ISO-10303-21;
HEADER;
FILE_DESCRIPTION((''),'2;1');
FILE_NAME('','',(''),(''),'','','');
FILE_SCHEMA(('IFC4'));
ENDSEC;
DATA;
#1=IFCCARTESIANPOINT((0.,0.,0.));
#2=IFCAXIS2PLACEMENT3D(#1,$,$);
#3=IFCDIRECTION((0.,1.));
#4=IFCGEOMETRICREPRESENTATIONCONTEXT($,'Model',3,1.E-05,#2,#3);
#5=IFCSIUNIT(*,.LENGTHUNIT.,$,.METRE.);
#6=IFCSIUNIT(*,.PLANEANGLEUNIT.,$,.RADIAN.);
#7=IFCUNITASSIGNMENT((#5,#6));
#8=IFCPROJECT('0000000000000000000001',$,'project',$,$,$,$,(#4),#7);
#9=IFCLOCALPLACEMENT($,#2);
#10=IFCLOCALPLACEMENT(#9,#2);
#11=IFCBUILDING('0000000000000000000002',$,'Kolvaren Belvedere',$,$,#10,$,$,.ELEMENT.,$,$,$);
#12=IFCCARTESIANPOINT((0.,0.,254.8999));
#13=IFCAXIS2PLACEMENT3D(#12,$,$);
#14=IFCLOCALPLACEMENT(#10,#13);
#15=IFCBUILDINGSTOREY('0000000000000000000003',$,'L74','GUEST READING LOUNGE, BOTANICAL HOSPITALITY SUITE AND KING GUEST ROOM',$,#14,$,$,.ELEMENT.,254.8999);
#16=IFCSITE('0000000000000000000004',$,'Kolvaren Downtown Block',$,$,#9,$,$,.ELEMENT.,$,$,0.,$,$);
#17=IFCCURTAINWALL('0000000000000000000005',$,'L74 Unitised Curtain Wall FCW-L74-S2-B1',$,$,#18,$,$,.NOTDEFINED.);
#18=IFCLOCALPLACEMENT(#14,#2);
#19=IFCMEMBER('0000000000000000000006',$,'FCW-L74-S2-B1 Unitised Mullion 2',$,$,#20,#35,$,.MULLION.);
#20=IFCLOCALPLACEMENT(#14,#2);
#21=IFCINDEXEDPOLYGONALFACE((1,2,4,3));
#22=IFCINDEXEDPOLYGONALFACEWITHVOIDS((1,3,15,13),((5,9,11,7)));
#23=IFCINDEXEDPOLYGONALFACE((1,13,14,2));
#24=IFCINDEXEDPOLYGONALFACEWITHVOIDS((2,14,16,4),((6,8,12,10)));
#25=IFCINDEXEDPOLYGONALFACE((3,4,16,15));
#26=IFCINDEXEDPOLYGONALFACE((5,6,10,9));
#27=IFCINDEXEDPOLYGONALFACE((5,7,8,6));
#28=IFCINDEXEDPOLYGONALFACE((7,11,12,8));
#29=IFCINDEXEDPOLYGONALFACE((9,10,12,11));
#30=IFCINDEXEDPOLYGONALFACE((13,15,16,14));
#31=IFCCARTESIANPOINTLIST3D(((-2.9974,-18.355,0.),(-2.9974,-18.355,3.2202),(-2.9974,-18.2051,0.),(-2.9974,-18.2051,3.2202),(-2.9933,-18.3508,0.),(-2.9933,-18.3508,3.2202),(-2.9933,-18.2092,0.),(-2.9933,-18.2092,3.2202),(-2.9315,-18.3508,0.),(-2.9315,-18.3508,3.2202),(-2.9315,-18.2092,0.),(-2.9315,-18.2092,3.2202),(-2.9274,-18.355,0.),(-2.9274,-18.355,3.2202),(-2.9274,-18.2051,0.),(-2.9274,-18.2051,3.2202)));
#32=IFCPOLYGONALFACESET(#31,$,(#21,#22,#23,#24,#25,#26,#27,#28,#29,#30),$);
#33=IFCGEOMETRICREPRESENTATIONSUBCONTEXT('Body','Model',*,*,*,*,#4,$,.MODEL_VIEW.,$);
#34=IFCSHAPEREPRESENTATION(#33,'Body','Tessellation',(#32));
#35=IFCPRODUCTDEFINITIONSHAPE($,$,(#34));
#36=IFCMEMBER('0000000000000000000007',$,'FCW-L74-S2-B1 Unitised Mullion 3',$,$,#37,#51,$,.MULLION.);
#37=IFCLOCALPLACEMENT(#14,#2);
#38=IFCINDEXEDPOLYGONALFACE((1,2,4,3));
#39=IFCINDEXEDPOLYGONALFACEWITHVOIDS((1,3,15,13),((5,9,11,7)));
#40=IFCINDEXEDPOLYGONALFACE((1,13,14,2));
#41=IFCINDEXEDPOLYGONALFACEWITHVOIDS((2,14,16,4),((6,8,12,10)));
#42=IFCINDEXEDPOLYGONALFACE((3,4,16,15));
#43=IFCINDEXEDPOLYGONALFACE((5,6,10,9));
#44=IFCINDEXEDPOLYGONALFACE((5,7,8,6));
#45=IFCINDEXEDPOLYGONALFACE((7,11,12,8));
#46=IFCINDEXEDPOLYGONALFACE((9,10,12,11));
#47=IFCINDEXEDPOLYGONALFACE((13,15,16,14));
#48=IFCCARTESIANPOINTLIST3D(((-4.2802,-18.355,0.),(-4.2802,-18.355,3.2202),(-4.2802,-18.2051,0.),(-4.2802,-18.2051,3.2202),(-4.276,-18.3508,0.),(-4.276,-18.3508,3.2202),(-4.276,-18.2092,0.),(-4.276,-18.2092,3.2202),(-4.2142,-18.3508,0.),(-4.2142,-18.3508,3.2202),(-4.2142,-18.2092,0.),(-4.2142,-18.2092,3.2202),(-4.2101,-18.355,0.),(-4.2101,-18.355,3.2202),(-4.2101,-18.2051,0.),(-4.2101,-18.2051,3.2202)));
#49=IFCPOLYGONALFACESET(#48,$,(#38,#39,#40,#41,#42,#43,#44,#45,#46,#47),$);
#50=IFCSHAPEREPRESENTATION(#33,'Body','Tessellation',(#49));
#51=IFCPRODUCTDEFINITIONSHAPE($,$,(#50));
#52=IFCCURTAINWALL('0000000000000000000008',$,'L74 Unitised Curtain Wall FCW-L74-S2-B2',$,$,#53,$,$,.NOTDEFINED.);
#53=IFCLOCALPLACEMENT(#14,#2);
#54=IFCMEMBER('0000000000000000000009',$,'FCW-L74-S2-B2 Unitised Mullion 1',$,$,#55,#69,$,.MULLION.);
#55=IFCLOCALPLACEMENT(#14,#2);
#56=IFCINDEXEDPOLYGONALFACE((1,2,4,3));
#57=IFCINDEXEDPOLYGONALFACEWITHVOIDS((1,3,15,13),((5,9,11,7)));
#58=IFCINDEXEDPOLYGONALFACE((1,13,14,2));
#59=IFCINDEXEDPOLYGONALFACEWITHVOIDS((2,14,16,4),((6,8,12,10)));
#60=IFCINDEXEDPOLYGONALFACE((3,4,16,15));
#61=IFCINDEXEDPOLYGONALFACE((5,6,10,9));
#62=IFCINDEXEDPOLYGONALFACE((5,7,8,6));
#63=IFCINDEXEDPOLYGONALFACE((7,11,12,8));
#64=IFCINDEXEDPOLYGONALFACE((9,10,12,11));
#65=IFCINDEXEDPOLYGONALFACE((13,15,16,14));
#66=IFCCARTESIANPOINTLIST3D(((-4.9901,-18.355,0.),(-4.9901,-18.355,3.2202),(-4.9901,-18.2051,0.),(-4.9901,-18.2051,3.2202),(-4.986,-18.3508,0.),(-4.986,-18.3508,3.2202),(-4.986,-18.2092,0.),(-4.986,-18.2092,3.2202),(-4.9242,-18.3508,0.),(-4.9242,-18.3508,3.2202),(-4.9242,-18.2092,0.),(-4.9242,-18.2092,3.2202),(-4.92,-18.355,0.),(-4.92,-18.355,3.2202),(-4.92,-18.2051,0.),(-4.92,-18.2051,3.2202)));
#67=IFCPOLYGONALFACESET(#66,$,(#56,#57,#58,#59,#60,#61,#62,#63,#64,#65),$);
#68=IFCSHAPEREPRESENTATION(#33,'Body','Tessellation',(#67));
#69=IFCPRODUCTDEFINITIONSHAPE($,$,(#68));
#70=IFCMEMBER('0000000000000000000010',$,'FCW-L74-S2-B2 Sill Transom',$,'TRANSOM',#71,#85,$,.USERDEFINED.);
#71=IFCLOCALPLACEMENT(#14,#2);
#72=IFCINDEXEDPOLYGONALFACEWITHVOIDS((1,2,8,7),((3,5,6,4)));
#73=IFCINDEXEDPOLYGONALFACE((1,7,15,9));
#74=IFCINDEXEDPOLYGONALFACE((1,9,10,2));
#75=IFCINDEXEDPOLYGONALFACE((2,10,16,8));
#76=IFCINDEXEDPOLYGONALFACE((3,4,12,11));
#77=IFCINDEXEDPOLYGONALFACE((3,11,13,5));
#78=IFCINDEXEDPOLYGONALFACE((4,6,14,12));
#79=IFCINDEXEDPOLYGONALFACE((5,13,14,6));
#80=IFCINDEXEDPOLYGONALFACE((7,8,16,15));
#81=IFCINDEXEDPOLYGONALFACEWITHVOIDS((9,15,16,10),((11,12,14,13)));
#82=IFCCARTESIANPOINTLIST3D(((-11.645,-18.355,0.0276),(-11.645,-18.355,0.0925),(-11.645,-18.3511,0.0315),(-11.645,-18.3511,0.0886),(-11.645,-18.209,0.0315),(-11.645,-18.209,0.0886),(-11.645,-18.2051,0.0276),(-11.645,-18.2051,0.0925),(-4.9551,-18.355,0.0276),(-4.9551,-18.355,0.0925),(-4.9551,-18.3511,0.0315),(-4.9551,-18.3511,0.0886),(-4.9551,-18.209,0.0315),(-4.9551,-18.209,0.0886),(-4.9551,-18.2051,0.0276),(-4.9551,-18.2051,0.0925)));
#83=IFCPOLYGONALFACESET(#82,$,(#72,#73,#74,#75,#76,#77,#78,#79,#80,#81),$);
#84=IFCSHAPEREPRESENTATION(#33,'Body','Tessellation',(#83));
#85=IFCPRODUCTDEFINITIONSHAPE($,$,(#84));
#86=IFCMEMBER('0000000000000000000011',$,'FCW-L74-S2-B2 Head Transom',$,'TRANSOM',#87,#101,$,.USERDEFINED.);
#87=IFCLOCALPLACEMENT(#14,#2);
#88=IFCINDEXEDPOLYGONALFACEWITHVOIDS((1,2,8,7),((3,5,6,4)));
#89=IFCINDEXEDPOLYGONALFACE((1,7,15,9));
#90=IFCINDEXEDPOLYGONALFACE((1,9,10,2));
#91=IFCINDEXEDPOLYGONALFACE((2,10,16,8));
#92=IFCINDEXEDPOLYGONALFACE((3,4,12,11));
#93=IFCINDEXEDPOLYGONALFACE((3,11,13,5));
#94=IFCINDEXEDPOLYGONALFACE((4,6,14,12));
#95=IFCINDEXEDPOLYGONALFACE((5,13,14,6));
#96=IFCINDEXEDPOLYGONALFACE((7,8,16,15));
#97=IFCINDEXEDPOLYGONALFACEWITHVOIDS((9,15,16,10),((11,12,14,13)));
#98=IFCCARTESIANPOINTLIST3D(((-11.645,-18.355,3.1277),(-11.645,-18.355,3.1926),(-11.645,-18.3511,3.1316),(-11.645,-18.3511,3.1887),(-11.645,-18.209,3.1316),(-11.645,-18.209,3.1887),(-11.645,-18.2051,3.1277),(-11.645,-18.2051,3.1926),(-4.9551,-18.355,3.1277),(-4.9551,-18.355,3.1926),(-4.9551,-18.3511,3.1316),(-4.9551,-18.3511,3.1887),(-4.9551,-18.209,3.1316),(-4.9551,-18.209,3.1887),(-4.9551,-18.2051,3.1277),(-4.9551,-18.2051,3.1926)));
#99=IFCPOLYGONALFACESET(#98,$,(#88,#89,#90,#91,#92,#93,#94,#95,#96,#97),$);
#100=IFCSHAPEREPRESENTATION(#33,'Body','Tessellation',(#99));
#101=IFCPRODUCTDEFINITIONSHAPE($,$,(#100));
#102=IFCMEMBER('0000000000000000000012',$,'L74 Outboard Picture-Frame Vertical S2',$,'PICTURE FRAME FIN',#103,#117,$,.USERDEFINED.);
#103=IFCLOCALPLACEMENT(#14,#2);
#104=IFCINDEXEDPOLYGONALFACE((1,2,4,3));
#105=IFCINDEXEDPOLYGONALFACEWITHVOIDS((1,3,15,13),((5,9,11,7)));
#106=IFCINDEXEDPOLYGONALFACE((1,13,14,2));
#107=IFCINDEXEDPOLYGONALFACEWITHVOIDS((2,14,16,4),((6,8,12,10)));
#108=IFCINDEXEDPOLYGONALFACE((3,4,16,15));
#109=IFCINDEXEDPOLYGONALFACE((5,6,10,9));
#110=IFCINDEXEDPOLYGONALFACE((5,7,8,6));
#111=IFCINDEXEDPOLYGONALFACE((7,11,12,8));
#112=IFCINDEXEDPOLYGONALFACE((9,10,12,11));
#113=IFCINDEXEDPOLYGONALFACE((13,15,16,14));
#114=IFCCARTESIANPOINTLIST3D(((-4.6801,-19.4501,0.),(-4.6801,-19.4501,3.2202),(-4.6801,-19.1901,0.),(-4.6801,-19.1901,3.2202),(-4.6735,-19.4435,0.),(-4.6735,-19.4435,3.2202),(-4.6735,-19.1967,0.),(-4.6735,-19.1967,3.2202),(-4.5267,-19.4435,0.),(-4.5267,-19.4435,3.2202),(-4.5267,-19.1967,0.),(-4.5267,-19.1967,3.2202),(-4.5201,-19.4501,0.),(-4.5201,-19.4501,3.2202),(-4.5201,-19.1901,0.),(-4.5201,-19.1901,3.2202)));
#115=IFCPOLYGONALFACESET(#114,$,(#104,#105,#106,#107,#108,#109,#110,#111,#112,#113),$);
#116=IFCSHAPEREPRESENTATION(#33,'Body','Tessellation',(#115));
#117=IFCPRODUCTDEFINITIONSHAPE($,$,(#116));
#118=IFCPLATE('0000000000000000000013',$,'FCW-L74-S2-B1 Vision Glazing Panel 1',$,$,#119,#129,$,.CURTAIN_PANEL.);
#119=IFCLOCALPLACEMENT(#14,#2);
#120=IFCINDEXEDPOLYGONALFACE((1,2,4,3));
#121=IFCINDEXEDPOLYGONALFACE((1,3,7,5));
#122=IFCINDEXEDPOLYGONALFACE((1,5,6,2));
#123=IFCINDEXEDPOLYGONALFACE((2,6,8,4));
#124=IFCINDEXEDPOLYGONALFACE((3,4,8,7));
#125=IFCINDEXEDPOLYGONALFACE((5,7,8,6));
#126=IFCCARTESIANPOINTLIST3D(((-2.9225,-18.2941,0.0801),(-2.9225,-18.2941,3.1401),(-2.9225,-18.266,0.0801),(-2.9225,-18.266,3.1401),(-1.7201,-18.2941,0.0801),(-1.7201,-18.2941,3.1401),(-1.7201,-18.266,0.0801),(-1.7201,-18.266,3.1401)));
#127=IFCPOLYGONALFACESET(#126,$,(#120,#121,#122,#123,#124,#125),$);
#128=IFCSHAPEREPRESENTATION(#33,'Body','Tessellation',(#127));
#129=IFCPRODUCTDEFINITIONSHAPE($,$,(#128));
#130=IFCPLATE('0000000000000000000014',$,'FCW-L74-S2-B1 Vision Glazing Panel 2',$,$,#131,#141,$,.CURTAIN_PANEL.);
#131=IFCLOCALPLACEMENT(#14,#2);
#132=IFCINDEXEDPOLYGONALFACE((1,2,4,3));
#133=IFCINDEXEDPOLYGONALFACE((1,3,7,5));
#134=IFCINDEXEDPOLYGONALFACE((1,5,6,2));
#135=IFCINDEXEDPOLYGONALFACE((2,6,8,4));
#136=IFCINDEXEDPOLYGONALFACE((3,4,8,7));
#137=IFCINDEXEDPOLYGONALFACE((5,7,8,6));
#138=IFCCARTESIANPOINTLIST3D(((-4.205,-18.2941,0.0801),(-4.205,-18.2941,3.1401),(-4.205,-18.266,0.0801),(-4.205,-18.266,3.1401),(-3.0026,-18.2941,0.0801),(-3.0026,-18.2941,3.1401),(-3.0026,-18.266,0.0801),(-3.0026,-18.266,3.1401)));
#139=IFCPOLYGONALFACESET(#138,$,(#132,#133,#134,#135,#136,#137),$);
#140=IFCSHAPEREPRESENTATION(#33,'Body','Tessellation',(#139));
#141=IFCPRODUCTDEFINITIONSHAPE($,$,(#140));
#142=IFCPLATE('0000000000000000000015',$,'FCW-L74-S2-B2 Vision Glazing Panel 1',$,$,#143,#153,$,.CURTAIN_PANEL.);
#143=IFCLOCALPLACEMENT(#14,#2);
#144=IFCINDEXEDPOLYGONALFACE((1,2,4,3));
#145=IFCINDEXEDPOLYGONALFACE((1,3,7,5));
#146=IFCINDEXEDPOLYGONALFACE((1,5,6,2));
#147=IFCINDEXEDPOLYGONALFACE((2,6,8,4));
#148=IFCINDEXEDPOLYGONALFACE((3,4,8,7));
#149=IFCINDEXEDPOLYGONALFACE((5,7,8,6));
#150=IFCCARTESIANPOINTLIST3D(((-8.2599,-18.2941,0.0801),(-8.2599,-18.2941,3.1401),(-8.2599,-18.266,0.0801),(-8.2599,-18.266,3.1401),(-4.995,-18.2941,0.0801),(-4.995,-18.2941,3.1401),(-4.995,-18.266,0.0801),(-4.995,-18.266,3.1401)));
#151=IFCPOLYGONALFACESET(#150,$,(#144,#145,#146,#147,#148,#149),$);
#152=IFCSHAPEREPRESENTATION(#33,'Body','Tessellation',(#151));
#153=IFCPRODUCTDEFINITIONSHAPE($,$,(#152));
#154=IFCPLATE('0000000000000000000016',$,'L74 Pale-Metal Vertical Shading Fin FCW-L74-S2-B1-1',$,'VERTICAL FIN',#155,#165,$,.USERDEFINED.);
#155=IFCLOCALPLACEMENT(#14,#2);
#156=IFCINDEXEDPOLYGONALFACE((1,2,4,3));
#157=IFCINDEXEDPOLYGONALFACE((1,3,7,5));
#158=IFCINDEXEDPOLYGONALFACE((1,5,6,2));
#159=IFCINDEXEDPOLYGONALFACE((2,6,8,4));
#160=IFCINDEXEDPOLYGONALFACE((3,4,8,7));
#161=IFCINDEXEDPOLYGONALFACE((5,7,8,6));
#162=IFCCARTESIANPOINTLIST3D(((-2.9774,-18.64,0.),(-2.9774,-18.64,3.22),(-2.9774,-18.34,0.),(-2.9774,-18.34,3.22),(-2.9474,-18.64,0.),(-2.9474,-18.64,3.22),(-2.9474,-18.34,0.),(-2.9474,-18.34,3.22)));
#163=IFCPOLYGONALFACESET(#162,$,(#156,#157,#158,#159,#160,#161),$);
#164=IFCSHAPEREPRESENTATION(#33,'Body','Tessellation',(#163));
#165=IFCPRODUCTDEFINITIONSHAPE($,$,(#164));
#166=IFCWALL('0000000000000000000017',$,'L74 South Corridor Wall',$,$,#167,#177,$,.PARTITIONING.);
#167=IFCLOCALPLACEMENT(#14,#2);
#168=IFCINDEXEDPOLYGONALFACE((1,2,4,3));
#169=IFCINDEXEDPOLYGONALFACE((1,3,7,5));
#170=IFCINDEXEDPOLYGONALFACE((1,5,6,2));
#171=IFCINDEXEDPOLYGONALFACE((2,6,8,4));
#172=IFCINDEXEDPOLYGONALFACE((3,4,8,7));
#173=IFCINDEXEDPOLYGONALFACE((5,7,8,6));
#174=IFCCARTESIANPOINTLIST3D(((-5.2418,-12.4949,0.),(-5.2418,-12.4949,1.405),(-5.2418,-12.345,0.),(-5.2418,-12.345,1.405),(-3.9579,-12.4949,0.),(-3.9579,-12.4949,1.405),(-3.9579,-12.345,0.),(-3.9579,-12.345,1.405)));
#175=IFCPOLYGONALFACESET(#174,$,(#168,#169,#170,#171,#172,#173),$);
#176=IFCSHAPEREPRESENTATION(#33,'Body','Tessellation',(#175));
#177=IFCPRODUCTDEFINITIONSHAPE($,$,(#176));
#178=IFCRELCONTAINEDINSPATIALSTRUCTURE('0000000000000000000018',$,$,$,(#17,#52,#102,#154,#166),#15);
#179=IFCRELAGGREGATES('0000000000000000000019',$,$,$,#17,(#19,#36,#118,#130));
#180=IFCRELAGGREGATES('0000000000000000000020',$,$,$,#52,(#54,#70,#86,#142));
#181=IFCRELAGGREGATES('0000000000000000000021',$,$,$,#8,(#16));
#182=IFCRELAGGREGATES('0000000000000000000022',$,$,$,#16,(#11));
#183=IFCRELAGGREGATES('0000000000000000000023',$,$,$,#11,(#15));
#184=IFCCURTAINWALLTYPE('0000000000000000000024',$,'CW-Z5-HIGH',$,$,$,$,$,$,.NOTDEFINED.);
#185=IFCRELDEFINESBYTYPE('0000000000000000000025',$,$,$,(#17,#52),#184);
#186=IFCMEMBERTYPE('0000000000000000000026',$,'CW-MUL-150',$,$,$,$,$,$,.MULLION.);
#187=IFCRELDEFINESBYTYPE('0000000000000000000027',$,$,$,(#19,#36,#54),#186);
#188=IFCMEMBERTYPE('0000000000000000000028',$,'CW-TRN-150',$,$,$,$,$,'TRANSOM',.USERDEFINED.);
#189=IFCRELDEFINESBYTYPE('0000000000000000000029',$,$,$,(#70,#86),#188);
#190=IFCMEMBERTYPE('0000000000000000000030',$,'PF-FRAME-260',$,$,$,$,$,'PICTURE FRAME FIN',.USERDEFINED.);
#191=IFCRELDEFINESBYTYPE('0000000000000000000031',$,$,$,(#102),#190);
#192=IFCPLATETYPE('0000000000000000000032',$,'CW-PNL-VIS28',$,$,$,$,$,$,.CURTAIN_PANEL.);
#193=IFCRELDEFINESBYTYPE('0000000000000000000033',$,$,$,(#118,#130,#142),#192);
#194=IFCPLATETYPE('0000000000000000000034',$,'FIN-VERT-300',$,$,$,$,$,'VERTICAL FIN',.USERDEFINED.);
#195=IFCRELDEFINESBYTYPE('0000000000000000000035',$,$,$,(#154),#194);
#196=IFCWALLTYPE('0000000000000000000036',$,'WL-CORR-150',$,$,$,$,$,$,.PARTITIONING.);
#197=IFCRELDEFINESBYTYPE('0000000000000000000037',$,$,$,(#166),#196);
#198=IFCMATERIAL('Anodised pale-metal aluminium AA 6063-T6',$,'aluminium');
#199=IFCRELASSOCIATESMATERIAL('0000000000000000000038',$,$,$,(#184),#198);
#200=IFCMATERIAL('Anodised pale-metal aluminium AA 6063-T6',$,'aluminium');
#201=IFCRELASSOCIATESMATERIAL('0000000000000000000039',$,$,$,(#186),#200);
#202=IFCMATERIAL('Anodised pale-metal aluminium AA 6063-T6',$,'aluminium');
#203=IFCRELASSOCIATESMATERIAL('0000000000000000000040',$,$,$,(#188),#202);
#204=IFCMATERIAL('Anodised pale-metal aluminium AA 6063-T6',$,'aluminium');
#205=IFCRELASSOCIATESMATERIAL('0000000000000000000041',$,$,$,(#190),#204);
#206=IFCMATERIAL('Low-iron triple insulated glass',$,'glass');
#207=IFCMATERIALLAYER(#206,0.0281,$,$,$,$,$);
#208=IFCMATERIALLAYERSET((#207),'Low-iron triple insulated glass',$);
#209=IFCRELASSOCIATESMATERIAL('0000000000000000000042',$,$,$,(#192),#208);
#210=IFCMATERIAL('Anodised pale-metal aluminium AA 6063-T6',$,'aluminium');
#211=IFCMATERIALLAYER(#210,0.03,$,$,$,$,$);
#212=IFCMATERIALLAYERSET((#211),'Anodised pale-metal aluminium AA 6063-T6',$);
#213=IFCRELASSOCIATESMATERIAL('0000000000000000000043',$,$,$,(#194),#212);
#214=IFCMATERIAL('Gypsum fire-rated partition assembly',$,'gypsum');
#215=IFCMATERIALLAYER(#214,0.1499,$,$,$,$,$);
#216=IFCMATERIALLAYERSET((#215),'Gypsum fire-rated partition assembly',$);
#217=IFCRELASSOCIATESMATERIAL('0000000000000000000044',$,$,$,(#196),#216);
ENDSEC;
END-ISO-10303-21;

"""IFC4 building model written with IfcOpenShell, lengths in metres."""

from ifc_helpers import new_model, si_unit, direction, frame, frame_2d, origin, origin_2d, place, context, subcontext, project, spatial, rectangle, hollow_rectangle, extrude, material, layer, layer_set, material_profile, profile_set, type_object, element, aggregate, save


model = new_model("IFC4")

# Units and contexts
model_context = context("Model", 3, precision=1e-05, world=origin(), true_north=direction((0.0, 1.0)))
body_context = subcontext(model_context, "Body", "Model", "MODEL_VIEW")
ifc_project = project(units=[si_unit("LENGTHUNIT", "METRE"), si_unit("PLANEANGLEUNIT", "RADIAN")], contexts=[model_context])

# Site, building, storey
site_placement = place(None, origin())
site = spatial("IfcSite", under=ifc_project, at=site_placement, Name="Kolvaren Downtown Block", CompositionType="ELEMENT", RefElevation=0.0)
building_placement = place(site_placement, origin())
building = spatial("IfcBuilding", under=site, at=building_placement, Name="Kolvaren Belvedere", CompositionType="ELEMENT")
storey_placement = place(building_placement, frame((0.0, 0.0, 254.8999)))
storey = spatial("IfcBuildingStorey", under=building, at=storey_placement, Name="L74", Description="GUEST READING LOUNGE, BOTANICAL HOSPITALITY SUITE AND KING GUEST ROOM", CompositionType="ELEMENT", Elevation=254.8999)

# Curtain walls, members
ifc_material_1 = material(Name="Anodised pale-metal aluminium AA 6063-T6", Category="aluminium")
curtain_wall_type = type_object("IfcCurtainWallType", Name="CW-Z5-HIGH", PredefinedType="NOTDEFINED", material=ifc_material_1)
curtain_wall_1_placement = place(storey_placement, origin())
curtain_wall_1 = element("IfcCurtainWall", 1, at=curtain_wall_1_placement, inside=storey, type_object=curtain_wall_type, Name="L74 Unitised Curtain Wall FCW-L74-S2-B1", PredefinedType="NOTDEFINED")
ifc_material_2 = material(Name="Anodised pale-metal aluminium AA 6063-T6", Category="aluminium")
ifc_material_profile_1 = material_profile(ifc_material_2, hollow_rectangle(XDim=0.0701, YDim=0.1499, WallThickness=0.0042, at=origin_2d()), Name="ALU-MUL-150X70")
ifc_profile_set_1 = profile_set([ifc_material_profile_1], Name="Anodised pale-metal aluminium AA 6063-T6")
member_type_1 = type_object("IfcMemberType", Name="CW-MUL-150", PredefinedType="MULLION", material=ifc_profile_set_1)
member_1_placement = place(storey_placement, frame((-2.9624, -18.28, 0.0), z_axis=(0.0, 0.0, 1.0), x_axis=(1.0, 0.0, 0.0)))
member_1 = element("IfcMember", 2, at=member_1_placement, type_object=member_type_1, Name="FCW-L74-S2-B1 Unitised Mullion 2", PredefinedType="MULLION", context=body_context, shape_type="SweptSolid", body=[
    extrude(hollow_rectangle(XDim=0.0701, YDim=0.1499, WallThickness=0.0042, at=origin_2d()), origin(), (0.0, 0.0, 1.0), 3.2202),
])
member_2_placement = place(storey_placement, frame((-4.2451, -18.28, 0.0), z_axis=(0.0, 0.0, 1.0), x_axis=(1.0, 0.0, 0.0)))
member_2 = element("IfcMember", 3, at=member_2_placement, type_object=member_type_1, Name="FCW-L74-S2-B1 Unitised Mullion 3", PredefinedType="MULLION", context=body_context, shape_type="SweptSolid", body=[
    extrude(hollow_rectangle(XDim=0.0701, YDim=0.1499, WallThickness=0.0042, at=origin_2d()), origin(), (0.0, 0.0, 1.0), 3.2202),
])
curtain_wall_2_placement = place(storey_placement, origin())
curtain_wall_2 = element("IfcCurtainWall", 4, at=curtain_wall_2_placement, inside=storey, type_object=curtain_wall_type, Name="L74 Unitised Curtain Wall FCW-L74-S2-B2", PredefinedType="NOTDEFINED")
member_3_placement = place(storey_placement, frame((-4.9551, -18.28, 0.0), z_axis=(0.0, 0.0, 1.0), x_axis=(1.0, 0.0, 0.0)))
member_3 = element("IfcMember", 5, at=member_3_placement, type_object=member_type_1, Name="FCW-L74-S2-B2 Unitised Mullion 1", PredefinedType="MULLION", context=body_context, shape_type="SweptSolid", body=[
    extrude(hollow_rectangle(XDim=0.0701, YDim=0.1499, WallThickness=0.0042, at=origin_2d()), origin(), (0.0, 0.0, 1.0), 3.2202),
])
ifc_material_3 = material(Name="Anodised pale-metal aluminium AA 6063-T6", Category="aluminium")
ifc_material_profile_2 = material_profile(ifc_material_3, hollow_rectangle(XDim=0.0649, YDim=0.1499, WallThickness=0.0039, at=origin_2d()), Name="ALU-TRN-150X65")
ifc_profile_set_2 = profile_set([ifc_material_profile_2], Name="Anodised pale-metal aluminium AA 6063-T6")
member_type_2 = type_object("IfcMemberType", Name="CW-TRN-150", ElementType="TRANSOM", PredefinedType="USERDEFINED", material=ifc_profile_set_2)
member_4_placement = place(storey_placement, frame((-4.9551, -18.28, 0.0601), z_axis=(-1.0, 0.0, 0.0), x_axis=(0.0, 0.0, 1.0)))
member_4 = element("IfcMember", 6, at=member_4_placement, type_object=member_type_2, Name="FCW-L74-S2-B2 Sill Transom", ObjectType="TRANSOM", PredefinedType="USERDEFINED", context=body_context, shape_type="SweptSolid", body=[
    extrude(hollow_rectangle(XDim=0.0649, YDim=0.1499, WallThickness=0.0039, at=origin_2d()), origin(), (0.0, 0.0, 1.0), 6.6899),
])
member_5_placement = place(storey_placement, frame((-4.9551, -18.28, 3.1602), z_axis=(-1.0, 0.0, 0.0), x_axis=(0.0, 0.0, 1.0)))
member_5 = element("IfcMember", 7, at=member_5_placement, type_object=member_type_2, Name="FCW-L74-S2-B2 Head Transom", ObjectType="TRANSOM", PredefinedType="USERDEFINED", context=body_context, shape_type="SweptSolid", body=[
    extrude(hollow_rectangle(XDim=0.0649, YDim=0.1499, WallThickness=0.0039, at=origin_2d()), origin(), (0.0, 0.0, 1.0), 6.6899),
])

# Member
ifc_material_4 = material(Name="Anodised pale-metal aluminium AA 6063-T6", Category="aluminium")
ifc_material_profile_3 = material_profile(ifc_material_4, hollow_rectangle(XDim=0.1599, YDim=0.26, WallThickness=0.0066, at=origin_2d()), Name="ALU-PF-260X160")
ifc_profile_set_3 = profile_set([ifc_material_profile_3], Name="Anodised pale-metal aluminium AA 6063-T6")
member_type_3 = type_object("IfcMemberType", Name="PF-FRAME-260", ElementType="PICTURE FRAME FIN", PredefinedType="USERDEFINED", material=ifc_profile_set_3)
member_6_placement = place(storey_placement, frame((-4.6001, -19.3201, 0.0), z_axis=(0.0, 0.0, 1.0), x_axis=(1.0, 0.0, 0.0)))
element("IfcMember", 8, at=member_6_placement, inside=storey, type_object=member_type_3, Name="L74 Outboard Picture-Frame Vertical S2", ObjectType="PICTURE FRAME FIN", PredefinedType="USERDEFINED", context=body_context, shape_type="SweptSolid", body=[
    extrude(hollow_rectangle(XDim=0.1599, YDim=0.26, WallThickness=0.0066, at=origin_2d()), origin(), (0.0, 0.0, 1.0), 3.2202),
])

# Plates
ifc_material_5 = material(Name="Low-iron triple insulated glass", Category="glass")
ifc_layer_1 = layer(ifc_material_5, 0.0281)
ifc_layer_set_1 = layer_set([ifc_layer_1], Name="Low-iron triple insulated glass")
plate_type_1 = type_object("IfcPlateType", Name="CW-PNL-VIS28", PredefinedType="CURTAIN_PANEL", material=ifc_layer_set_1)
plate_1_placement = place(storey_placement, frame((-2.3213, -18.28, 0.0801), z_axis=(0.0, 0.0, 1.0), x_axis=(-1.0, 0.0, 0.0)))
plate_1 = element("IfcPlate", 9, at=plate_1_placement, type_object=plate_type_1, Name="FCW-L74-S2-B1 Vision Glazing Panel 1", PredefinedType="CURTAIN_PANEL", context=body_context, shape_type="SweptSolid", body=[
    extrude(rectangle(XDim=1.2024, YDim=0.0281, at=origin_2d()), origin(), (0.0, 0.0, 1.0), 3.0601),
])
plate_2_placement = place(storey_placement, frame((-3.6038, -18.28, 0.0801), z_axis=(0.0, 0.0, 1.0), x_axis=(-1.0, 0.0, 0.0)))
plate_2 = element("IfcPlate", 10, at=plate_2_placement, type_object=plate_type_1, Name="FCW-L74-S2-B1 Vision Glazing Panel 2", PredefinedType="CURTAIN_PANEL", context=body_context, shape_type="SweptSolid", body=[
    extrude(rectangle(XDim=1.2024, YDim=0.0281, at=origin_2d()), origin(), (0.0, 0.0, 1.0), 3.0601),
])
aggregate(curtain_wall_1, [member_1, member_2, plate_1, plate_2])
plate_3_placement = place(storey_placement, frame((-6.6274, -18.28, 0.0801), z_axis=(0.0, 0.0, 1.0), x_axis=(-1.0, 0.0, 0.0)))
plate_3 = element("IfcPlate", 11, at=plate_3_placement, type_object=plate_type_1, Name="FCW-L74-S2-B2 Vision Glazing Panel 1", PredefinedType="CURTAIN_PANEL", context=body_context, shape_type="SweptSolid", body=[
    extrude(rectangle(XDim=3.2649, YDim=0.0281, at=origin_2d()), origin(), (0.0, 0.0, 1.0), 3.0601),
])
aggregate(curtain_wall_2, [member_3, member_4, member_5, plate_3])
ifc_material_6 = material(Name="Anodised pale-metal aluminium AA 6063-T6", Category="aluminium")
ifc_layer_2 = layer(ifc_material_6, 0.03)
ifc_layer_set_2 = layer_set([ifc_layer_2], Name="Anodised pale-metal aluminium AA 6063-T6")
plate_type_2 = type_object("IfcPlateType", Name="FIN-VERT-300", ElementType="VERTICAL FIN", PredefinedType="USERDEFINED", material=ifc_layer_set_2)
plate_4_placement = place(storey_placement, frame((-2.9624, -18.49, 0.0), z_axis=(0.0, 0.0, 1.0), x_axis=(0.0, 1.0, 0.0)))
element("IfcPlate", 12, at=plate_4_placement, inside=storey, type_object=plate_type_2, Name="L74 Pale-Metal Vertical Shading Fin FCW-L74-S2-B1-1", ObjectType="VERTICAL FIN", PredefinedType="USERDEFINED", context=body_context, shape_type="SweptSolid", body=[
    extrude(rectangle(XDim=0.3, YDim=0.03, at=origin_2d()), origin(), (0.0, 0.0, 1.0), 3.22),
])

# Wall
ifc_material_7 = material(Name="Gypsum fire-rated partition assembly", Category="gypsum")
ifc_layer_3 = layer(ifc_material_7, 0.1499)
ifc_layer_set_3 = layer_set([ifc_layer_3], Name="Gypsum fire-rated partition assembly")
wall_type_1 = type_object("IfcWallType", Name="WL-CORR-150", PredefinedType="PARTITIONING", material=ifc_layer_set_3)
wall_1_placement = place(storey_placement, frame((-5.2419, -12.4199, 0.0), z_axis=(0.0, 0.0, 1.0), x_axis=(1.0, 0.0, 0.0)))
element("IfcWall", 13, at=wall_1_placement, inside=storey, type_object=wall_type_1, Name="L74 South Corridor Wall", PredefinedType="PARTITIONING", context=body_context, shape_type="SweptSolid", body=[
    extrude(rectangle(XDim=1.2839, YDim=0.1499, at=frame_2d((0.6421, 0.0))), origin(), (0.0, 0.0, 1.0), 1.405),
])

save(model, "model.ifc")
